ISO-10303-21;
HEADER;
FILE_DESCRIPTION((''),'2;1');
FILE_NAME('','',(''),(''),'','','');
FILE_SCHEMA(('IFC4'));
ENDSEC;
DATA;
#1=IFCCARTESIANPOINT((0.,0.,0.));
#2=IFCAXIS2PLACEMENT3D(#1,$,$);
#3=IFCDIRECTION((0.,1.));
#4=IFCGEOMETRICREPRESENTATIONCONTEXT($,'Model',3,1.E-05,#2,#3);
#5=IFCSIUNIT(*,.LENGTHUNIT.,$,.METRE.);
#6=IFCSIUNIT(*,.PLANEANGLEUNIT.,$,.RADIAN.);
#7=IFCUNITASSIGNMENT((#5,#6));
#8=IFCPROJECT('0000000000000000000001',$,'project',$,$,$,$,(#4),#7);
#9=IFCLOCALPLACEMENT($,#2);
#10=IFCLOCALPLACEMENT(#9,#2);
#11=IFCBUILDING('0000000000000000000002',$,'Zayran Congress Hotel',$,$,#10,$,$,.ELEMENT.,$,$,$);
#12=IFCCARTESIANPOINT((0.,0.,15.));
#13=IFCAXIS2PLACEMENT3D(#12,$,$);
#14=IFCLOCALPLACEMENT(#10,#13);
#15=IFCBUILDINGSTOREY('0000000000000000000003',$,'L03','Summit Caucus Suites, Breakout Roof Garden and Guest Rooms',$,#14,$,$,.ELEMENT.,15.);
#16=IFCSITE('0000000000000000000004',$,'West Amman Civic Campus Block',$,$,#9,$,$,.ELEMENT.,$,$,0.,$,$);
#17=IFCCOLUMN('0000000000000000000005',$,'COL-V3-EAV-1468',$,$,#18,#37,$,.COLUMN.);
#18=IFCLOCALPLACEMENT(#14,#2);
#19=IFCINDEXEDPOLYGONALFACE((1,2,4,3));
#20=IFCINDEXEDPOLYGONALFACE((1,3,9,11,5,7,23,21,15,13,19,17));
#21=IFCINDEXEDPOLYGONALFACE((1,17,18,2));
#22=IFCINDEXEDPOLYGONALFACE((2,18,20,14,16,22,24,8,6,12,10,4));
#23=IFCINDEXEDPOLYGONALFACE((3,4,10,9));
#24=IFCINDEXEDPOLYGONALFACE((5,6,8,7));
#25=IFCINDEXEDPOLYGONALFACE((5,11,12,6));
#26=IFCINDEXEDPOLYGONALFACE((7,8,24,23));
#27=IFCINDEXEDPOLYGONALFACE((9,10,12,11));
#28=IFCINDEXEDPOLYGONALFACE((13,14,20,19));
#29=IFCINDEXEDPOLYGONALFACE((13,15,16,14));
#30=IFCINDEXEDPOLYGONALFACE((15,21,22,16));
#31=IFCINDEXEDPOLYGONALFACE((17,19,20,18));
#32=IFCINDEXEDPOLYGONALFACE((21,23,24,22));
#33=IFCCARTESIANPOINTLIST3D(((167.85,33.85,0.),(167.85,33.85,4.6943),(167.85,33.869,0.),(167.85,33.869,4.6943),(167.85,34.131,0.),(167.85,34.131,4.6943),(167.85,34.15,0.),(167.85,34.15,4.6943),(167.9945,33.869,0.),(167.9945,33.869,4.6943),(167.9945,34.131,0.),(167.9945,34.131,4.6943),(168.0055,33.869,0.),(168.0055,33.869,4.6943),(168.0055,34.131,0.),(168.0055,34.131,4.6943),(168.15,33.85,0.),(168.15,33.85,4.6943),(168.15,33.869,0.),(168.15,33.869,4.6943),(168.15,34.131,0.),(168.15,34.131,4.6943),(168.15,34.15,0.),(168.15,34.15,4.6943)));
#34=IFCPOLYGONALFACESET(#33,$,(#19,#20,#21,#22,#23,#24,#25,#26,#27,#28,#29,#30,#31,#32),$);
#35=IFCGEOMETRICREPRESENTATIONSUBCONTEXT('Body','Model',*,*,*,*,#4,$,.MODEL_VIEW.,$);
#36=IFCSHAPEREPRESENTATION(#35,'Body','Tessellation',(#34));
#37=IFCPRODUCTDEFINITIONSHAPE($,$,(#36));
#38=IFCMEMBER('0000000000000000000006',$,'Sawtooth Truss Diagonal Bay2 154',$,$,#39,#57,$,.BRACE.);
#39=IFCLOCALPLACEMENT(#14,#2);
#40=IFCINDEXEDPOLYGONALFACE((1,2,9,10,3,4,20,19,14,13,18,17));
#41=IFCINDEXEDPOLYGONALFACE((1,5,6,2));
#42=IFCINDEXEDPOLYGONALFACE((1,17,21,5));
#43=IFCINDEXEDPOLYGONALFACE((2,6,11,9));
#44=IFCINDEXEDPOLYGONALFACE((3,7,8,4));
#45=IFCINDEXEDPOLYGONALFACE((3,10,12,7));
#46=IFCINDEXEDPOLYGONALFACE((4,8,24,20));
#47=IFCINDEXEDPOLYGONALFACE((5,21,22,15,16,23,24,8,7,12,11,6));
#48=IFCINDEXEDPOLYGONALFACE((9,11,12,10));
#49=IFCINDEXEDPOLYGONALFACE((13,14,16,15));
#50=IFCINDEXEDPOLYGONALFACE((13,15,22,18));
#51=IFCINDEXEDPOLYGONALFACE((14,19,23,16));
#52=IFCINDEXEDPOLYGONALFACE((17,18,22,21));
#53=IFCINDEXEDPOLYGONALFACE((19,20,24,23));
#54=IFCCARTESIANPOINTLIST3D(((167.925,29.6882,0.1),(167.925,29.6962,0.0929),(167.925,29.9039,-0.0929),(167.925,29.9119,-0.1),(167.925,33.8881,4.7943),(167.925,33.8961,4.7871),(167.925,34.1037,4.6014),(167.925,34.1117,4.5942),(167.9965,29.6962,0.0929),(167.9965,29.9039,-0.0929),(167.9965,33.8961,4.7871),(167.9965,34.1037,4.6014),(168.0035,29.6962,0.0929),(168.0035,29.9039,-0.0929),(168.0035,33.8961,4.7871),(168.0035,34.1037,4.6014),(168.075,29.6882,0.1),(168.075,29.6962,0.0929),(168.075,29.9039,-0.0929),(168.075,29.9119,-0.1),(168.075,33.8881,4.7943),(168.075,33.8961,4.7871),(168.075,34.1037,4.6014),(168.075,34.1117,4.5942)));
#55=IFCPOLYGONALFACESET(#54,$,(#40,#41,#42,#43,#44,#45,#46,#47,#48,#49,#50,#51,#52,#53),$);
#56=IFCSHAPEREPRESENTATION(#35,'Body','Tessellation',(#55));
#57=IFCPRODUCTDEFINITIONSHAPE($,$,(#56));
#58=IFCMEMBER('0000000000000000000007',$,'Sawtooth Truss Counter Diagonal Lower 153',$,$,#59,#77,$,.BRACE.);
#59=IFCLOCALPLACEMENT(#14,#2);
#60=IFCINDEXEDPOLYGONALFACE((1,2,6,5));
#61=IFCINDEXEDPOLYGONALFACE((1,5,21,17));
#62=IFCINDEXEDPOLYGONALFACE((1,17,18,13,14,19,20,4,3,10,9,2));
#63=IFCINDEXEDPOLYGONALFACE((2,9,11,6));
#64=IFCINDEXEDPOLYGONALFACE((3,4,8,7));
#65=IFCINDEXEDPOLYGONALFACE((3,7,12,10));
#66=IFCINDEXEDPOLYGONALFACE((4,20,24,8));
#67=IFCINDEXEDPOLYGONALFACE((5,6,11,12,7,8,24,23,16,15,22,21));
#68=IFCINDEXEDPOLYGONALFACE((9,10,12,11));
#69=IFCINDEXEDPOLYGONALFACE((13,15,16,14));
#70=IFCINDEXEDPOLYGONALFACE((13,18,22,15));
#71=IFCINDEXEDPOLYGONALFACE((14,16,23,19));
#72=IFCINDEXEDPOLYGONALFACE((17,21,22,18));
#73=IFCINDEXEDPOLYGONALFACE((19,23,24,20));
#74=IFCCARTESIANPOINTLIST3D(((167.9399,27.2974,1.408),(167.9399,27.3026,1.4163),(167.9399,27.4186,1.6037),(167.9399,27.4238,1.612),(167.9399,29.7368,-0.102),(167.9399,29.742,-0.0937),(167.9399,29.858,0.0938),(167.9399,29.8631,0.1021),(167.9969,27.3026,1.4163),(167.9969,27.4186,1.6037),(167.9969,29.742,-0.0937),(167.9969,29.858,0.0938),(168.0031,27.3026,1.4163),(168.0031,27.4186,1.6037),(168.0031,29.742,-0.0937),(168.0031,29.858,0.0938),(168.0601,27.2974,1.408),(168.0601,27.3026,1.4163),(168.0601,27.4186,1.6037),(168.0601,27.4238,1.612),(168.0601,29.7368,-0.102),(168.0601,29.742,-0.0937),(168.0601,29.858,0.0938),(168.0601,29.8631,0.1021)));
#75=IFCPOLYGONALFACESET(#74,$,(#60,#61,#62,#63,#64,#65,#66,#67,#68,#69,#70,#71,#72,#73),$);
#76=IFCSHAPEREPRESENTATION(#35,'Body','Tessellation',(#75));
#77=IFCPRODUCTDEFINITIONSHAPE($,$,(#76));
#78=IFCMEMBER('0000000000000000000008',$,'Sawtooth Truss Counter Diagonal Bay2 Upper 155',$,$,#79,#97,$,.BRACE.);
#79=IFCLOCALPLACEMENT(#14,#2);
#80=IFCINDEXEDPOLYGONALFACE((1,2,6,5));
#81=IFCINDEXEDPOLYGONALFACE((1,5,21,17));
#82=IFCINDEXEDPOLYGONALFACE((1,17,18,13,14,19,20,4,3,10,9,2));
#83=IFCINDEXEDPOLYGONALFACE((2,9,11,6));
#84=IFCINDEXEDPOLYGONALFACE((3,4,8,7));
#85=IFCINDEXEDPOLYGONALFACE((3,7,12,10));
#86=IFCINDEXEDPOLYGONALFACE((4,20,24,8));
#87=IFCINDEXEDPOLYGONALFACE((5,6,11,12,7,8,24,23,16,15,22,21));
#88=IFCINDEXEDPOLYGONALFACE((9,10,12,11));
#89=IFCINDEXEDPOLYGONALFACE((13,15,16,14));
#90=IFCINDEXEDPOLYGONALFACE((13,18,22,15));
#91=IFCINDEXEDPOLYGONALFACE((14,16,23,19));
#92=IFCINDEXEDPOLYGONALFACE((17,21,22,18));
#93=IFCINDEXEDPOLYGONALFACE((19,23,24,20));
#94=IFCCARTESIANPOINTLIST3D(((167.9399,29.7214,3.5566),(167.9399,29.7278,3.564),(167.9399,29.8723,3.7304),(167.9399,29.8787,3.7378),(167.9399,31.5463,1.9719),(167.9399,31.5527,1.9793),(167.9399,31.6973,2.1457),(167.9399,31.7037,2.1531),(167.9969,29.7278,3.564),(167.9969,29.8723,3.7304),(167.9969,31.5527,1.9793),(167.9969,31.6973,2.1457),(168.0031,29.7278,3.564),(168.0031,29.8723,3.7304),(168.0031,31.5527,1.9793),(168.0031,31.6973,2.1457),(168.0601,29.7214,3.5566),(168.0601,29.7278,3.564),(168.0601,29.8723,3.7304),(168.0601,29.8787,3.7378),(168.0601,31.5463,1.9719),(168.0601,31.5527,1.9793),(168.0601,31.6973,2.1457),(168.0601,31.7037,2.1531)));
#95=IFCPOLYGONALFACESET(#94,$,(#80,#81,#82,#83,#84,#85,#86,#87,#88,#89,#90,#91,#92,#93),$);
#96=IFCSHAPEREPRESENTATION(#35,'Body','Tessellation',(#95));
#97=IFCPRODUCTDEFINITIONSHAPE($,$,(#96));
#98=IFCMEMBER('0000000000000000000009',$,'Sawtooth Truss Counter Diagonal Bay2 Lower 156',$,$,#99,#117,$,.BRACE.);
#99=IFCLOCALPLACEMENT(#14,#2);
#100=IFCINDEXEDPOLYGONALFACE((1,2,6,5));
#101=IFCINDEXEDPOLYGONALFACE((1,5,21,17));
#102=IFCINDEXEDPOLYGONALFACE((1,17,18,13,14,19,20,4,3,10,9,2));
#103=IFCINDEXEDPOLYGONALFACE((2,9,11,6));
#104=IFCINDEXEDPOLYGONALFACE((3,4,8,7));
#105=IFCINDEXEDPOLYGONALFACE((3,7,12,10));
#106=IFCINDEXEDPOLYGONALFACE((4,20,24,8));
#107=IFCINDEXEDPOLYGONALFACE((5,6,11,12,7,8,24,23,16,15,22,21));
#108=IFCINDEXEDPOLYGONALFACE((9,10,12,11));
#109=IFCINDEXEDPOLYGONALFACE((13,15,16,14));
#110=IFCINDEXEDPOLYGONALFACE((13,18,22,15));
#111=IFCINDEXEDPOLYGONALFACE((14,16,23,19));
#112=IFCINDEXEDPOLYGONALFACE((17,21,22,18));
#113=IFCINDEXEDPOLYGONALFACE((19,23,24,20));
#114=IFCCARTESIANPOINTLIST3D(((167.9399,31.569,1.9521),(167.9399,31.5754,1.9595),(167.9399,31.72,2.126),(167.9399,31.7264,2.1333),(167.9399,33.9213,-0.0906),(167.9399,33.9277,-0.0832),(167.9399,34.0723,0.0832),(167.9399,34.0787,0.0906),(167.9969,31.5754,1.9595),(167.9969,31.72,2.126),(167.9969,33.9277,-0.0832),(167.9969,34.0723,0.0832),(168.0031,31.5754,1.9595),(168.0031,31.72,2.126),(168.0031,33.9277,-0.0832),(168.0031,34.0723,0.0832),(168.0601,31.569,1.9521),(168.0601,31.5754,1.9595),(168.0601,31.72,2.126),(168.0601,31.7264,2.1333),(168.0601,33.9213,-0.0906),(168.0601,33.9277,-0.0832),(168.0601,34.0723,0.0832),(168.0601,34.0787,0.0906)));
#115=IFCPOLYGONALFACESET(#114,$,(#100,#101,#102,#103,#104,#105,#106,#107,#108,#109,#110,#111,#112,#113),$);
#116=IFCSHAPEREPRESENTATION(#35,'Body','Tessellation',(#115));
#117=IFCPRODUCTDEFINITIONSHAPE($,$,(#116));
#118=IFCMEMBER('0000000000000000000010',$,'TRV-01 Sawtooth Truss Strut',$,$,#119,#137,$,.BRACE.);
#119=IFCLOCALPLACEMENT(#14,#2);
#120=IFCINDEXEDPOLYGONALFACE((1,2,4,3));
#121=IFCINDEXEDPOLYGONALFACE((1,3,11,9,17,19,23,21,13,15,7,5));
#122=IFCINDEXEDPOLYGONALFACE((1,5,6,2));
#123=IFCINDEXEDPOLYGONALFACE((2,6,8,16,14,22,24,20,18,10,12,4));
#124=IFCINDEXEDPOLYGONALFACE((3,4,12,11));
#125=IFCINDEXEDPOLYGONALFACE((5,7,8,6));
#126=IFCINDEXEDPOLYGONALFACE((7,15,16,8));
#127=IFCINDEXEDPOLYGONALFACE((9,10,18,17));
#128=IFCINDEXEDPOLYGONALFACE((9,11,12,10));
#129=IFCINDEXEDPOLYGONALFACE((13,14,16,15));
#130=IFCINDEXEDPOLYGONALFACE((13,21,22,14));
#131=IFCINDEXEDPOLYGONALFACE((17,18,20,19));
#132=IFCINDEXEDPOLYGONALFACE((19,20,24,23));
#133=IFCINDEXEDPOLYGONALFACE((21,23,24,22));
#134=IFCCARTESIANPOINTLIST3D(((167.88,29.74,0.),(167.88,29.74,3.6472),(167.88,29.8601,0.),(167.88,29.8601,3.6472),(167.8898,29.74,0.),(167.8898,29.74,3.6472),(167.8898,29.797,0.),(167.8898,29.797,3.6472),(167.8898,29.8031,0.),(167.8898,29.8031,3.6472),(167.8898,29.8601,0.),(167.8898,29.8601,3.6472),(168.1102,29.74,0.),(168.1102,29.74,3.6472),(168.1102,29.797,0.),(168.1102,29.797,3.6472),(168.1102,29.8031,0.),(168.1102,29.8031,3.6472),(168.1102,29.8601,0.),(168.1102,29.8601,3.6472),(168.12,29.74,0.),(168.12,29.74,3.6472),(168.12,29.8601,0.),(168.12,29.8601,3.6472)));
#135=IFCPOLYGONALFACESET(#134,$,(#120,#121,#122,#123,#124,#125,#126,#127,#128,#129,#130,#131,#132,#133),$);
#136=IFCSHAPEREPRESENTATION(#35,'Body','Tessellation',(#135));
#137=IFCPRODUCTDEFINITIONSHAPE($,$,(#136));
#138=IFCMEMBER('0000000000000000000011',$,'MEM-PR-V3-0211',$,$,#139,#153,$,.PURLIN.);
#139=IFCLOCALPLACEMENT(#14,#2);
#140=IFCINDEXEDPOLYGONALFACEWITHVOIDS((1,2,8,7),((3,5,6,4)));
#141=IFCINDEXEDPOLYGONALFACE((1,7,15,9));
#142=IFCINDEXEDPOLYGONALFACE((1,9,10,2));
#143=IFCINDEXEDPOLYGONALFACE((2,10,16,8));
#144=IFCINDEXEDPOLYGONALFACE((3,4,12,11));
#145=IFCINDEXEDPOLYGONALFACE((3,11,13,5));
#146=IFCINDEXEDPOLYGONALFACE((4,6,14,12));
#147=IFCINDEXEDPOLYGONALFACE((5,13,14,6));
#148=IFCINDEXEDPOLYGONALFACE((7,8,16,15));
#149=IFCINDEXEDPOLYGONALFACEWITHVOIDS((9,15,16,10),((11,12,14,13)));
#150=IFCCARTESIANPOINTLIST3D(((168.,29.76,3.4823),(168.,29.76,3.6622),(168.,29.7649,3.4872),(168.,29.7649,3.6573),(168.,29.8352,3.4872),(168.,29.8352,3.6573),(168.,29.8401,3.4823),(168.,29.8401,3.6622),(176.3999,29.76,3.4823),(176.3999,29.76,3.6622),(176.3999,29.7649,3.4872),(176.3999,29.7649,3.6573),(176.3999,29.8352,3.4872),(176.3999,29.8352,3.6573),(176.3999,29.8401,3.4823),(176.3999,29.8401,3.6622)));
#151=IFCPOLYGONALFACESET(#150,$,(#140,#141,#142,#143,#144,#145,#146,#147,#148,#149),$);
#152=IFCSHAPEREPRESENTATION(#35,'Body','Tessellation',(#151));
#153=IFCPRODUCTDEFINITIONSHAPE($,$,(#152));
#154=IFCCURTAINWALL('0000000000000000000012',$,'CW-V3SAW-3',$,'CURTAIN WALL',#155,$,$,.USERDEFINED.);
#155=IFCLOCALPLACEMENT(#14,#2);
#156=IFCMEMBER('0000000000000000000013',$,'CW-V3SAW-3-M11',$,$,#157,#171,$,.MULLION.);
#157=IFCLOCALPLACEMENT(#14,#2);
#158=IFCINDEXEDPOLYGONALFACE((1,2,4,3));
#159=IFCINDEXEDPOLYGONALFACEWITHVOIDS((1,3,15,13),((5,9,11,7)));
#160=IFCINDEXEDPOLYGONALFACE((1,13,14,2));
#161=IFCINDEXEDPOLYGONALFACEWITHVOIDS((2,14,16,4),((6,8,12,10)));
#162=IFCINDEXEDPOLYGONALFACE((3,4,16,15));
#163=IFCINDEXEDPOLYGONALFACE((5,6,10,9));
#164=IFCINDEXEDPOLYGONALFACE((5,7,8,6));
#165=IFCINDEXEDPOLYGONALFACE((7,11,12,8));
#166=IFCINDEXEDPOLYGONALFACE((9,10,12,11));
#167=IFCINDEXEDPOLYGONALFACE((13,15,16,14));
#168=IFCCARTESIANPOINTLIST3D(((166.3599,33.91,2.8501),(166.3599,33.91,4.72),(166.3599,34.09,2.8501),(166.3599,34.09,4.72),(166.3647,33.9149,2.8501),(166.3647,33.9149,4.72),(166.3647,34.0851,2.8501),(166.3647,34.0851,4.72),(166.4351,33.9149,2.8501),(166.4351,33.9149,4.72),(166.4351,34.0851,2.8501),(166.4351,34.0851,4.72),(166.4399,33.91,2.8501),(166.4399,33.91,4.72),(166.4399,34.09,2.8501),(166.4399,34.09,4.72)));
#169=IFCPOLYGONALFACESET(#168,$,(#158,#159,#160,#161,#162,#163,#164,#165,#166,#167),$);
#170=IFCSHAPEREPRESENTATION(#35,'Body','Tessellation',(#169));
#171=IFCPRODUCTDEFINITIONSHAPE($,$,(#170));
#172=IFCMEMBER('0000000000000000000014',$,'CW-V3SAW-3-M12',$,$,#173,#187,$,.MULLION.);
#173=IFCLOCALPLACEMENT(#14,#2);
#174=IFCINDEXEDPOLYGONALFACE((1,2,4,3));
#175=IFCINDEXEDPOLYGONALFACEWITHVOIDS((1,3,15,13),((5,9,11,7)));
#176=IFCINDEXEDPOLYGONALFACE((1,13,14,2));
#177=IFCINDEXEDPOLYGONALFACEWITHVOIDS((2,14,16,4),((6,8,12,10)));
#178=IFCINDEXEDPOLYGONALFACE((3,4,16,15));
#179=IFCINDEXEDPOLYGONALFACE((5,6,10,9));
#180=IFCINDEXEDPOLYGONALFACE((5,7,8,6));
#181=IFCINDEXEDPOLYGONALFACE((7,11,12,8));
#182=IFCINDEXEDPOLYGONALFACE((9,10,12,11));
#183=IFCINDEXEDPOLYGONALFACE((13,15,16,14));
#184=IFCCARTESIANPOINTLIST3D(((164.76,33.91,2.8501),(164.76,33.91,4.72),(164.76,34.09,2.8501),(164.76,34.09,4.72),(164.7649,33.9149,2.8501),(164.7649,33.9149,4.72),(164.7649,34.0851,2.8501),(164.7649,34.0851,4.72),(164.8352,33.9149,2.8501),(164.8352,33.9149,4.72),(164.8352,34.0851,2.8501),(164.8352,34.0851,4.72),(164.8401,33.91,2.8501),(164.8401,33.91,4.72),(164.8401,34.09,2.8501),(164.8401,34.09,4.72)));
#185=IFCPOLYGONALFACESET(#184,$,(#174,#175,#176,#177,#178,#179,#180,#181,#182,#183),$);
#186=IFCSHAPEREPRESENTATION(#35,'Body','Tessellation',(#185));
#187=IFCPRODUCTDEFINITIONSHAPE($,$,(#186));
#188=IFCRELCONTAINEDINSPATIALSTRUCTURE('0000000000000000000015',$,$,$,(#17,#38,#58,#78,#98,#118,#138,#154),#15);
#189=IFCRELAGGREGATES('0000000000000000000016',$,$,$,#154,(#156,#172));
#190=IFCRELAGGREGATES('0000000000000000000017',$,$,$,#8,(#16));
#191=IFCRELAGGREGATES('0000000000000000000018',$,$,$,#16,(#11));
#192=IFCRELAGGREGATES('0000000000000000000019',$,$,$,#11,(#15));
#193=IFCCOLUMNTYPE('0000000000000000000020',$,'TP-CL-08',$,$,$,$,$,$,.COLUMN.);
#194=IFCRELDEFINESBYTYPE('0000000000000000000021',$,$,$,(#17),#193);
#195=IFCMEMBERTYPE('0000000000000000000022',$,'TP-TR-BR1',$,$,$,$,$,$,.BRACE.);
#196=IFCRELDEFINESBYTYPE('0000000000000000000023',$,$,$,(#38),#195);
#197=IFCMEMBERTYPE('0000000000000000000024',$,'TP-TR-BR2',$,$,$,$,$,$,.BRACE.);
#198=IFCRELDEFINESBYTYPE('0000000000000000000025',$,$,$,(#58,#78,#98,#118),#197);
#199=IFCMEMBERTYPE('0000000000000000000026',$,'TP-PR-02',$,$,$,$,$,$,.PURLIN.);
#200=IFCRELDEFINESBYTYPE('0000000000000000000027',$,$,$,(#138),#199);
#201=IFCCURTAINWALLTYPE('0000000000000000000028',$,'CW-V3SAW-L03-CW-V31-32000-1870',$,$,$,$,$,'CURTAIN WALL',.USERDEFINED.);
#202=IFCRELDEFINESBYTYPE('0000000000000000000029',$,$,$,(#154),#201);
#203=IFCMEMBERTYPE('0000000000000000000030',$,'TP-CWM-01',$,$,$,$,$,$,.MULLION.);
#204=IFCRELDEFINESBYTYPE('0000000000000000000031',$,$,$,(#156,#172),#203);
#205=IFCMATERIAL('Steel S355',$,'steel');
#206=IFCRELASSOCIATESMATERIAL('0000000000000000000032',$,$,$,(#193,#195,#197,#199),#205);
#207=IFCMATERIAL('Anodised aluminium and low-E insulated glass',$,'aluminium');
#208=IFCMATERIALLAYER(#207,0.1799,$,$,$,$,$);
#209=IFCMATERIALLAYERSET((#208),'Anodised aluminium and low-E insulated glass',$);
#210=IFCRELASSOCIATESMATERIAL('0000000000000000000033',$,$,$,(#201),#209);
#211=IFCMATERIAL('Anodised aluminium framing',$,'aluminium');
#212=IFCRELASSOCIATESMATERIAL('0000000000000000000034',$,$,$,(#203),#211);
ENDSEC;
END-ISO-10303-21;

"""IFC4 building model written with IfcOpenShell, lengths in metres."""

from ifc_helpers import new_model, si_unit, direction, frame, origin, origin_2d, place, context, subcontext, project, spatial, hollow_rectangle, i_section, extrude, material, layer, layer_set, material_profile, profile_set, type_object, element, aggregate, save


model = new_model("IFC4")

# Units and contexts
model_context = context("Model", 3, precision=1e-05, world=origin(), true_north=direction((0.0, 1.0)))
body_context = subcontext(model_context, "Body", "Model", "MODEL_VIEW")
ifc_project = project(units=[si_unit("LENGTHUNIT", "METRE"), si_unit("PLANEANGLEUNIT", "RADIAN")], contexts=[model_context])

# Site, building, storey
site_placement = place(None, origin())
site = spatial("IfcSite", under=ifc_project, at=site_placement, Name="West Amman Civic Campus Block", CompositionType="ELEMENT", RefElevation=0.0)
building_placement = place(site_placement, origin())
building = spatial("IfcBuilding", under=site, at=building_placement, Name="Zayran Congress Hotel", CompositionType="ELEMENT")
storey_placement = place(building_placement, frame((0.0, 0.0, 15.0)))
storey = spatial("IfcBuildingStorey", under=building, at=storey_placement, Name="L03", Description="Summit Caucus Suites, Breakout Roof Garden and Guest Rooms", CompositionType="ELEMENT", Elevation=15.0)

# Column
ifc_material_1 = material(Name="Steel S355", Category="steel")
ifc_material_profile_1 = material_profile(ifc_material_1, i_section(OverallWidth=0.3, OverallDepth=0.3, WebThickness=0.011, FlangeThickness=0.019, at=origin_2d()), Name="HEB 300")
ifc_profile_set_1 = profile_set([ifc_material_profile_1], Name="Steel S355")
column_type = type_object("IfcColumnType", Name="TP-CL-08", PredefinedType="COLUMN", material=ifc_profile_set_1)
column_placement = place(storey_placement, frame((168.0, 34.0, 0.0), z_axis=(0.0, 0.0, 1.0), x_axis=(1.0, 0.0, 0.0)))
element("IfcColumn", 1, at=column_placement, inside=storey, type_object=column_type, Name="COL-V3-EAV-1468", PredefinedType="COLUMN", context=body_context, shape_type="SweptSolid", body=[
    extrude(i_section(OverallWidth=0.3, OverallDepth=0.3, WebThickness=0.011, FlangeThickness=0.019, at=origin_2d()), origin(), (0.0, 0.0, 1.0), 4.6943),
])

# Members
ifc_material_profile_2 = material_profile(ifc_material_1, i_section(OverallWidth=0.1499, OverallDepth=0.3, WebThickness=0.0071, FlangeThickness=0.0107, at=origin_2d()), Name="IPE 300")
ifc_profile_set_2 = profile_set([ifc_material_profile_2], Name="Steel S355")
member_type_1 = type_object("IfcMemberType", Name="TP-TR-BR1", PredefinedType="BRACE", material=ifc_profile_set_2)
member_1_placement = place(storey_placement, frame((168.0, 29.8, 0.0), z_axis=(0.0, 0.666773, 0.745261), x_axis=(-1.0, 0.0, 0.0)))
element("IfcMember", 2, at=member_1_placement, inside=storey, type_object=member_type_1, Name="Sawtooth Truss Diagonal Bay2 154", PredefinedType="BRACE", context=body_context, shape_type="SweptSolid", body=[
    extrude(i_section(OverallWidth=0.1499, OverallDepth=0.3, WebThickness=0.0071, FlangeThickness=0.0107, at=origin_2d()), origin(), (0.0, 0.0, 1.0), 6.2988),
])
ifc_material_profile_3 = material_profile(ifc_material_1, i_section(OverallWidth=0.1201, OverallDepth=0.24, WebThickness=0.0061, FlangeThickness=0.0098, at=origin_2d()), Name="IPE 240")
ifc_profile_set_3 = profile_set([ifc_material_profile_3], Name="Steel S355")
member_type_2 = type_object("IfcMemberType", Name="TP-TR-BR2", PredefinedType="BRACE", material=ifc_profile_set_3)
member_2_placement = place(storey_placement, frame((168.0, 27.3606, 1.51), z_axis=(0.0, 0.850285, -0.526322), x_axis=(-1.0, 0.0, 0.0)))
element("IfcMember", 3, at=member_2_placement, inside=storey, type_object=member_type_2, Name="Sawtooth Truss Counter Diagonal Lower 153", PredefinedType="BRACE", context=body_context, shape_type="SweptSolid", body=[
    extrude(i_section(OverallWidth=0.1201, OverallDepth=0.24, WebThickness=0.0061, FlangeThickness=0.0098, at=origin_2d()), origin(), (0.0, 0.0, 1.0), 2.8689),
])
member_3_placement = place(storey_placement, frame((168.0, 29.8, 3.6472), z_axis=(0.0, 0.755055, -0.655661), x_axis=(-1.0, 0.0, 0.0)))
element("IfcMember", 4, at=member_3_placement, inside=storey, type_object=member_type_2, Name="Sawtooth Truss Counter Diagonal Bay2 Upper 155", PredefinedType="BRACE", context=body_context, shape_type="SweptSolid", body=[
    extrude(i_section(OverallWidth=0.1201, OverallDepth=0.24, WebThickness=0.0061, FlangeThickness=0.0098, at=origin_2d()), origin(), (0.0, 0.0, 1.0), 2.417),
])
member_4_placement = place(storey_placement, frame((168.0, 31.6477, 2.0427), z_axis=(0.0, 0.755042, -0.655676), x_axis=(-1.0, 0.0, 0.0)))
element("IfcMember", 5, at=member_4_placement, inside=storey, type_object=member_type_2, Name="Sawtooth Truss Counter Diagonal Bay2 Lower 156", PredefinedType="BRACE", context=body_context, shape_type="SweptSolid", body=[
    extrude(i_section(OverallWidth=0.1201, OverallDepth=0.24, WebThickness=0.0061, FlangeThickness=0.0098, at=origin_2d()), origin(), (0.0, 0.0, 1.0), 3.1155),
])
member_5_placement = place(storey_placement, frame((168.0, 29.8, 0.0), z_axis=(0.0, 0.0, 1.0), x_axis=(0.0, 1.0, 0.0)))
element("IfcMember", 6, at=member_5_placement, inside=storey, type_object=member_type_2, Name="TRV-01 Sawtooth Truss Strut", PredefinedType="BRACE", context=body_context, shape_type="SweptSolid", body=[
    extrude(i_section(OverallWidth=0.1201, OverallDepth=0.24, WebThickness=0.0061, FlangeThickness=0.0098, at=origin_2d()), origin(), (0.0, 0.0, 1.0), 3.6472),
])
ifc_material_profile_4 = material_profile(ifc_material_1, hollow_rectangle(XDim=0.0801, YDim=0.1799, WallThickness=0.0049, at=origin_2d()), Name="RHS 180x80x5")
ifc_profile_set_4 = profile_set([ifc_material_profile_4], Name="Steel S355")
member_type_3 = type_object("IfcMemberType", Name="TP-PR-02", PredefinedType="PURLIN", material=ifc_profile_set_4)
member_6_placement = place(storey_placement, frame((168.0, 29.8, 3.5723), z_axis=(1.0, 0.0, 0.0), x_axis=(0.0, 1.0, 0.0)))
element("IfcMember", 7, at=member_6_placement, inside=storey, type_object=member_type_3, Name="MEM-PR-V3-0211", PredefinedType="PURLIN", context=body_context, shape_type="SweptSolid", body=[
    extrude(hollow_rectangle(XDim=0.0801, YDim=0.1799, WallThickness=0.0049, at=origin_2d()), origin(), (0.0, 0.0, 1.0), 8.3999),
])

# Curtain wall, members
ifc_material_2 = material(Name="Anodised aluminium and low-E insulated glass", Category="aluminium")
ifc_layer_1 = layer(ifc_material_2, 0.1799)
ifc_layer_set_1 = layer_set([ifc_layer_1], Name="Anodised aluminium and low-E insulated glass")
curtain_wall_type = type_object("IfcCurtainWallType", Name="CW-V3SAW-L03-CW-V31-32000-1870", ElementType="CURTAIN WALL", PredefinedType="USERDEFINED", material=ifc_layer_set_1)
curtain_wall_placement = place(storey_placement, origin())
curtain_wall = element("IfcCurtainWall", 8, at=curtain_wall_placement, inside=storey, type_object=curtain_wall_type, Name="CW-V3SAW-3", ObjectType="CURTAIN WALL", PredefinedType="USERDEFINED")
ifc_material_3 = material(Name="Anodised aluminium framing", Category="aluminium")
ifc_material_profile_5 = material_profile(ifc_material_3, hollow_rectangle(XDim=0.0801, YDim=0.1799, WallThickness=0.0049, at=origin_2d()), Name="RHS 180x80x5")
ifc_profile_set_5 = profile_set([ifc_material_profile_5], Name="Anodised aluminium framing")
member_type_4 = type_object("IfcMemberType", Name="TP-CWM-01", PredefinedType="MULLION", material=ifc_profile_set_5)
member_7_placement = place(storey_placement, frame((166.3999, 34.0, 2.8501), z_axis=(0.0, 0.0, 1.0), x_axis=(1.0, 0.0, 0.0)))
member_7 = element("IfcMember", 9, at=member_7_placement, type_object=member_type_4, Name="CW-V3SAW-3-M11", PredefinedType="MULLION", context=body_context, shape_type="SweptSolid", body=[
    extrude(hollow_rectangle(XDim=0.0801, YDim=0.1799, WallThickness=0.0049, at=origin_2d()), origin(), (0.0, 0.0, 1.0), 1.8699),
])
member_8_placement = place(storey_placement, frame((164.8, 34.0, 2.8501), z_axis=(0.0, 0.0, 1.0), x_axis=(1.0, 0.0, 0.0)))
member_8 = element("IfcMember", 10, at=member_8_placement, type_object=member_type_4, Name="CW-V3SAW-3-M12", PredefinedType="MULLION", context=body_context, shape_type="SweptSolid", body=[
    extrude(hollow_rectangle(XDim=0.0801, YDim=0.1799, WallThickness=0.0049, at=origin_2d()), origin(), (0.0, 0.0, 1.0), 1.8699),
])

aggregate(curtain_wall, [member_7, member_8])

save(model, "model.ifc")
